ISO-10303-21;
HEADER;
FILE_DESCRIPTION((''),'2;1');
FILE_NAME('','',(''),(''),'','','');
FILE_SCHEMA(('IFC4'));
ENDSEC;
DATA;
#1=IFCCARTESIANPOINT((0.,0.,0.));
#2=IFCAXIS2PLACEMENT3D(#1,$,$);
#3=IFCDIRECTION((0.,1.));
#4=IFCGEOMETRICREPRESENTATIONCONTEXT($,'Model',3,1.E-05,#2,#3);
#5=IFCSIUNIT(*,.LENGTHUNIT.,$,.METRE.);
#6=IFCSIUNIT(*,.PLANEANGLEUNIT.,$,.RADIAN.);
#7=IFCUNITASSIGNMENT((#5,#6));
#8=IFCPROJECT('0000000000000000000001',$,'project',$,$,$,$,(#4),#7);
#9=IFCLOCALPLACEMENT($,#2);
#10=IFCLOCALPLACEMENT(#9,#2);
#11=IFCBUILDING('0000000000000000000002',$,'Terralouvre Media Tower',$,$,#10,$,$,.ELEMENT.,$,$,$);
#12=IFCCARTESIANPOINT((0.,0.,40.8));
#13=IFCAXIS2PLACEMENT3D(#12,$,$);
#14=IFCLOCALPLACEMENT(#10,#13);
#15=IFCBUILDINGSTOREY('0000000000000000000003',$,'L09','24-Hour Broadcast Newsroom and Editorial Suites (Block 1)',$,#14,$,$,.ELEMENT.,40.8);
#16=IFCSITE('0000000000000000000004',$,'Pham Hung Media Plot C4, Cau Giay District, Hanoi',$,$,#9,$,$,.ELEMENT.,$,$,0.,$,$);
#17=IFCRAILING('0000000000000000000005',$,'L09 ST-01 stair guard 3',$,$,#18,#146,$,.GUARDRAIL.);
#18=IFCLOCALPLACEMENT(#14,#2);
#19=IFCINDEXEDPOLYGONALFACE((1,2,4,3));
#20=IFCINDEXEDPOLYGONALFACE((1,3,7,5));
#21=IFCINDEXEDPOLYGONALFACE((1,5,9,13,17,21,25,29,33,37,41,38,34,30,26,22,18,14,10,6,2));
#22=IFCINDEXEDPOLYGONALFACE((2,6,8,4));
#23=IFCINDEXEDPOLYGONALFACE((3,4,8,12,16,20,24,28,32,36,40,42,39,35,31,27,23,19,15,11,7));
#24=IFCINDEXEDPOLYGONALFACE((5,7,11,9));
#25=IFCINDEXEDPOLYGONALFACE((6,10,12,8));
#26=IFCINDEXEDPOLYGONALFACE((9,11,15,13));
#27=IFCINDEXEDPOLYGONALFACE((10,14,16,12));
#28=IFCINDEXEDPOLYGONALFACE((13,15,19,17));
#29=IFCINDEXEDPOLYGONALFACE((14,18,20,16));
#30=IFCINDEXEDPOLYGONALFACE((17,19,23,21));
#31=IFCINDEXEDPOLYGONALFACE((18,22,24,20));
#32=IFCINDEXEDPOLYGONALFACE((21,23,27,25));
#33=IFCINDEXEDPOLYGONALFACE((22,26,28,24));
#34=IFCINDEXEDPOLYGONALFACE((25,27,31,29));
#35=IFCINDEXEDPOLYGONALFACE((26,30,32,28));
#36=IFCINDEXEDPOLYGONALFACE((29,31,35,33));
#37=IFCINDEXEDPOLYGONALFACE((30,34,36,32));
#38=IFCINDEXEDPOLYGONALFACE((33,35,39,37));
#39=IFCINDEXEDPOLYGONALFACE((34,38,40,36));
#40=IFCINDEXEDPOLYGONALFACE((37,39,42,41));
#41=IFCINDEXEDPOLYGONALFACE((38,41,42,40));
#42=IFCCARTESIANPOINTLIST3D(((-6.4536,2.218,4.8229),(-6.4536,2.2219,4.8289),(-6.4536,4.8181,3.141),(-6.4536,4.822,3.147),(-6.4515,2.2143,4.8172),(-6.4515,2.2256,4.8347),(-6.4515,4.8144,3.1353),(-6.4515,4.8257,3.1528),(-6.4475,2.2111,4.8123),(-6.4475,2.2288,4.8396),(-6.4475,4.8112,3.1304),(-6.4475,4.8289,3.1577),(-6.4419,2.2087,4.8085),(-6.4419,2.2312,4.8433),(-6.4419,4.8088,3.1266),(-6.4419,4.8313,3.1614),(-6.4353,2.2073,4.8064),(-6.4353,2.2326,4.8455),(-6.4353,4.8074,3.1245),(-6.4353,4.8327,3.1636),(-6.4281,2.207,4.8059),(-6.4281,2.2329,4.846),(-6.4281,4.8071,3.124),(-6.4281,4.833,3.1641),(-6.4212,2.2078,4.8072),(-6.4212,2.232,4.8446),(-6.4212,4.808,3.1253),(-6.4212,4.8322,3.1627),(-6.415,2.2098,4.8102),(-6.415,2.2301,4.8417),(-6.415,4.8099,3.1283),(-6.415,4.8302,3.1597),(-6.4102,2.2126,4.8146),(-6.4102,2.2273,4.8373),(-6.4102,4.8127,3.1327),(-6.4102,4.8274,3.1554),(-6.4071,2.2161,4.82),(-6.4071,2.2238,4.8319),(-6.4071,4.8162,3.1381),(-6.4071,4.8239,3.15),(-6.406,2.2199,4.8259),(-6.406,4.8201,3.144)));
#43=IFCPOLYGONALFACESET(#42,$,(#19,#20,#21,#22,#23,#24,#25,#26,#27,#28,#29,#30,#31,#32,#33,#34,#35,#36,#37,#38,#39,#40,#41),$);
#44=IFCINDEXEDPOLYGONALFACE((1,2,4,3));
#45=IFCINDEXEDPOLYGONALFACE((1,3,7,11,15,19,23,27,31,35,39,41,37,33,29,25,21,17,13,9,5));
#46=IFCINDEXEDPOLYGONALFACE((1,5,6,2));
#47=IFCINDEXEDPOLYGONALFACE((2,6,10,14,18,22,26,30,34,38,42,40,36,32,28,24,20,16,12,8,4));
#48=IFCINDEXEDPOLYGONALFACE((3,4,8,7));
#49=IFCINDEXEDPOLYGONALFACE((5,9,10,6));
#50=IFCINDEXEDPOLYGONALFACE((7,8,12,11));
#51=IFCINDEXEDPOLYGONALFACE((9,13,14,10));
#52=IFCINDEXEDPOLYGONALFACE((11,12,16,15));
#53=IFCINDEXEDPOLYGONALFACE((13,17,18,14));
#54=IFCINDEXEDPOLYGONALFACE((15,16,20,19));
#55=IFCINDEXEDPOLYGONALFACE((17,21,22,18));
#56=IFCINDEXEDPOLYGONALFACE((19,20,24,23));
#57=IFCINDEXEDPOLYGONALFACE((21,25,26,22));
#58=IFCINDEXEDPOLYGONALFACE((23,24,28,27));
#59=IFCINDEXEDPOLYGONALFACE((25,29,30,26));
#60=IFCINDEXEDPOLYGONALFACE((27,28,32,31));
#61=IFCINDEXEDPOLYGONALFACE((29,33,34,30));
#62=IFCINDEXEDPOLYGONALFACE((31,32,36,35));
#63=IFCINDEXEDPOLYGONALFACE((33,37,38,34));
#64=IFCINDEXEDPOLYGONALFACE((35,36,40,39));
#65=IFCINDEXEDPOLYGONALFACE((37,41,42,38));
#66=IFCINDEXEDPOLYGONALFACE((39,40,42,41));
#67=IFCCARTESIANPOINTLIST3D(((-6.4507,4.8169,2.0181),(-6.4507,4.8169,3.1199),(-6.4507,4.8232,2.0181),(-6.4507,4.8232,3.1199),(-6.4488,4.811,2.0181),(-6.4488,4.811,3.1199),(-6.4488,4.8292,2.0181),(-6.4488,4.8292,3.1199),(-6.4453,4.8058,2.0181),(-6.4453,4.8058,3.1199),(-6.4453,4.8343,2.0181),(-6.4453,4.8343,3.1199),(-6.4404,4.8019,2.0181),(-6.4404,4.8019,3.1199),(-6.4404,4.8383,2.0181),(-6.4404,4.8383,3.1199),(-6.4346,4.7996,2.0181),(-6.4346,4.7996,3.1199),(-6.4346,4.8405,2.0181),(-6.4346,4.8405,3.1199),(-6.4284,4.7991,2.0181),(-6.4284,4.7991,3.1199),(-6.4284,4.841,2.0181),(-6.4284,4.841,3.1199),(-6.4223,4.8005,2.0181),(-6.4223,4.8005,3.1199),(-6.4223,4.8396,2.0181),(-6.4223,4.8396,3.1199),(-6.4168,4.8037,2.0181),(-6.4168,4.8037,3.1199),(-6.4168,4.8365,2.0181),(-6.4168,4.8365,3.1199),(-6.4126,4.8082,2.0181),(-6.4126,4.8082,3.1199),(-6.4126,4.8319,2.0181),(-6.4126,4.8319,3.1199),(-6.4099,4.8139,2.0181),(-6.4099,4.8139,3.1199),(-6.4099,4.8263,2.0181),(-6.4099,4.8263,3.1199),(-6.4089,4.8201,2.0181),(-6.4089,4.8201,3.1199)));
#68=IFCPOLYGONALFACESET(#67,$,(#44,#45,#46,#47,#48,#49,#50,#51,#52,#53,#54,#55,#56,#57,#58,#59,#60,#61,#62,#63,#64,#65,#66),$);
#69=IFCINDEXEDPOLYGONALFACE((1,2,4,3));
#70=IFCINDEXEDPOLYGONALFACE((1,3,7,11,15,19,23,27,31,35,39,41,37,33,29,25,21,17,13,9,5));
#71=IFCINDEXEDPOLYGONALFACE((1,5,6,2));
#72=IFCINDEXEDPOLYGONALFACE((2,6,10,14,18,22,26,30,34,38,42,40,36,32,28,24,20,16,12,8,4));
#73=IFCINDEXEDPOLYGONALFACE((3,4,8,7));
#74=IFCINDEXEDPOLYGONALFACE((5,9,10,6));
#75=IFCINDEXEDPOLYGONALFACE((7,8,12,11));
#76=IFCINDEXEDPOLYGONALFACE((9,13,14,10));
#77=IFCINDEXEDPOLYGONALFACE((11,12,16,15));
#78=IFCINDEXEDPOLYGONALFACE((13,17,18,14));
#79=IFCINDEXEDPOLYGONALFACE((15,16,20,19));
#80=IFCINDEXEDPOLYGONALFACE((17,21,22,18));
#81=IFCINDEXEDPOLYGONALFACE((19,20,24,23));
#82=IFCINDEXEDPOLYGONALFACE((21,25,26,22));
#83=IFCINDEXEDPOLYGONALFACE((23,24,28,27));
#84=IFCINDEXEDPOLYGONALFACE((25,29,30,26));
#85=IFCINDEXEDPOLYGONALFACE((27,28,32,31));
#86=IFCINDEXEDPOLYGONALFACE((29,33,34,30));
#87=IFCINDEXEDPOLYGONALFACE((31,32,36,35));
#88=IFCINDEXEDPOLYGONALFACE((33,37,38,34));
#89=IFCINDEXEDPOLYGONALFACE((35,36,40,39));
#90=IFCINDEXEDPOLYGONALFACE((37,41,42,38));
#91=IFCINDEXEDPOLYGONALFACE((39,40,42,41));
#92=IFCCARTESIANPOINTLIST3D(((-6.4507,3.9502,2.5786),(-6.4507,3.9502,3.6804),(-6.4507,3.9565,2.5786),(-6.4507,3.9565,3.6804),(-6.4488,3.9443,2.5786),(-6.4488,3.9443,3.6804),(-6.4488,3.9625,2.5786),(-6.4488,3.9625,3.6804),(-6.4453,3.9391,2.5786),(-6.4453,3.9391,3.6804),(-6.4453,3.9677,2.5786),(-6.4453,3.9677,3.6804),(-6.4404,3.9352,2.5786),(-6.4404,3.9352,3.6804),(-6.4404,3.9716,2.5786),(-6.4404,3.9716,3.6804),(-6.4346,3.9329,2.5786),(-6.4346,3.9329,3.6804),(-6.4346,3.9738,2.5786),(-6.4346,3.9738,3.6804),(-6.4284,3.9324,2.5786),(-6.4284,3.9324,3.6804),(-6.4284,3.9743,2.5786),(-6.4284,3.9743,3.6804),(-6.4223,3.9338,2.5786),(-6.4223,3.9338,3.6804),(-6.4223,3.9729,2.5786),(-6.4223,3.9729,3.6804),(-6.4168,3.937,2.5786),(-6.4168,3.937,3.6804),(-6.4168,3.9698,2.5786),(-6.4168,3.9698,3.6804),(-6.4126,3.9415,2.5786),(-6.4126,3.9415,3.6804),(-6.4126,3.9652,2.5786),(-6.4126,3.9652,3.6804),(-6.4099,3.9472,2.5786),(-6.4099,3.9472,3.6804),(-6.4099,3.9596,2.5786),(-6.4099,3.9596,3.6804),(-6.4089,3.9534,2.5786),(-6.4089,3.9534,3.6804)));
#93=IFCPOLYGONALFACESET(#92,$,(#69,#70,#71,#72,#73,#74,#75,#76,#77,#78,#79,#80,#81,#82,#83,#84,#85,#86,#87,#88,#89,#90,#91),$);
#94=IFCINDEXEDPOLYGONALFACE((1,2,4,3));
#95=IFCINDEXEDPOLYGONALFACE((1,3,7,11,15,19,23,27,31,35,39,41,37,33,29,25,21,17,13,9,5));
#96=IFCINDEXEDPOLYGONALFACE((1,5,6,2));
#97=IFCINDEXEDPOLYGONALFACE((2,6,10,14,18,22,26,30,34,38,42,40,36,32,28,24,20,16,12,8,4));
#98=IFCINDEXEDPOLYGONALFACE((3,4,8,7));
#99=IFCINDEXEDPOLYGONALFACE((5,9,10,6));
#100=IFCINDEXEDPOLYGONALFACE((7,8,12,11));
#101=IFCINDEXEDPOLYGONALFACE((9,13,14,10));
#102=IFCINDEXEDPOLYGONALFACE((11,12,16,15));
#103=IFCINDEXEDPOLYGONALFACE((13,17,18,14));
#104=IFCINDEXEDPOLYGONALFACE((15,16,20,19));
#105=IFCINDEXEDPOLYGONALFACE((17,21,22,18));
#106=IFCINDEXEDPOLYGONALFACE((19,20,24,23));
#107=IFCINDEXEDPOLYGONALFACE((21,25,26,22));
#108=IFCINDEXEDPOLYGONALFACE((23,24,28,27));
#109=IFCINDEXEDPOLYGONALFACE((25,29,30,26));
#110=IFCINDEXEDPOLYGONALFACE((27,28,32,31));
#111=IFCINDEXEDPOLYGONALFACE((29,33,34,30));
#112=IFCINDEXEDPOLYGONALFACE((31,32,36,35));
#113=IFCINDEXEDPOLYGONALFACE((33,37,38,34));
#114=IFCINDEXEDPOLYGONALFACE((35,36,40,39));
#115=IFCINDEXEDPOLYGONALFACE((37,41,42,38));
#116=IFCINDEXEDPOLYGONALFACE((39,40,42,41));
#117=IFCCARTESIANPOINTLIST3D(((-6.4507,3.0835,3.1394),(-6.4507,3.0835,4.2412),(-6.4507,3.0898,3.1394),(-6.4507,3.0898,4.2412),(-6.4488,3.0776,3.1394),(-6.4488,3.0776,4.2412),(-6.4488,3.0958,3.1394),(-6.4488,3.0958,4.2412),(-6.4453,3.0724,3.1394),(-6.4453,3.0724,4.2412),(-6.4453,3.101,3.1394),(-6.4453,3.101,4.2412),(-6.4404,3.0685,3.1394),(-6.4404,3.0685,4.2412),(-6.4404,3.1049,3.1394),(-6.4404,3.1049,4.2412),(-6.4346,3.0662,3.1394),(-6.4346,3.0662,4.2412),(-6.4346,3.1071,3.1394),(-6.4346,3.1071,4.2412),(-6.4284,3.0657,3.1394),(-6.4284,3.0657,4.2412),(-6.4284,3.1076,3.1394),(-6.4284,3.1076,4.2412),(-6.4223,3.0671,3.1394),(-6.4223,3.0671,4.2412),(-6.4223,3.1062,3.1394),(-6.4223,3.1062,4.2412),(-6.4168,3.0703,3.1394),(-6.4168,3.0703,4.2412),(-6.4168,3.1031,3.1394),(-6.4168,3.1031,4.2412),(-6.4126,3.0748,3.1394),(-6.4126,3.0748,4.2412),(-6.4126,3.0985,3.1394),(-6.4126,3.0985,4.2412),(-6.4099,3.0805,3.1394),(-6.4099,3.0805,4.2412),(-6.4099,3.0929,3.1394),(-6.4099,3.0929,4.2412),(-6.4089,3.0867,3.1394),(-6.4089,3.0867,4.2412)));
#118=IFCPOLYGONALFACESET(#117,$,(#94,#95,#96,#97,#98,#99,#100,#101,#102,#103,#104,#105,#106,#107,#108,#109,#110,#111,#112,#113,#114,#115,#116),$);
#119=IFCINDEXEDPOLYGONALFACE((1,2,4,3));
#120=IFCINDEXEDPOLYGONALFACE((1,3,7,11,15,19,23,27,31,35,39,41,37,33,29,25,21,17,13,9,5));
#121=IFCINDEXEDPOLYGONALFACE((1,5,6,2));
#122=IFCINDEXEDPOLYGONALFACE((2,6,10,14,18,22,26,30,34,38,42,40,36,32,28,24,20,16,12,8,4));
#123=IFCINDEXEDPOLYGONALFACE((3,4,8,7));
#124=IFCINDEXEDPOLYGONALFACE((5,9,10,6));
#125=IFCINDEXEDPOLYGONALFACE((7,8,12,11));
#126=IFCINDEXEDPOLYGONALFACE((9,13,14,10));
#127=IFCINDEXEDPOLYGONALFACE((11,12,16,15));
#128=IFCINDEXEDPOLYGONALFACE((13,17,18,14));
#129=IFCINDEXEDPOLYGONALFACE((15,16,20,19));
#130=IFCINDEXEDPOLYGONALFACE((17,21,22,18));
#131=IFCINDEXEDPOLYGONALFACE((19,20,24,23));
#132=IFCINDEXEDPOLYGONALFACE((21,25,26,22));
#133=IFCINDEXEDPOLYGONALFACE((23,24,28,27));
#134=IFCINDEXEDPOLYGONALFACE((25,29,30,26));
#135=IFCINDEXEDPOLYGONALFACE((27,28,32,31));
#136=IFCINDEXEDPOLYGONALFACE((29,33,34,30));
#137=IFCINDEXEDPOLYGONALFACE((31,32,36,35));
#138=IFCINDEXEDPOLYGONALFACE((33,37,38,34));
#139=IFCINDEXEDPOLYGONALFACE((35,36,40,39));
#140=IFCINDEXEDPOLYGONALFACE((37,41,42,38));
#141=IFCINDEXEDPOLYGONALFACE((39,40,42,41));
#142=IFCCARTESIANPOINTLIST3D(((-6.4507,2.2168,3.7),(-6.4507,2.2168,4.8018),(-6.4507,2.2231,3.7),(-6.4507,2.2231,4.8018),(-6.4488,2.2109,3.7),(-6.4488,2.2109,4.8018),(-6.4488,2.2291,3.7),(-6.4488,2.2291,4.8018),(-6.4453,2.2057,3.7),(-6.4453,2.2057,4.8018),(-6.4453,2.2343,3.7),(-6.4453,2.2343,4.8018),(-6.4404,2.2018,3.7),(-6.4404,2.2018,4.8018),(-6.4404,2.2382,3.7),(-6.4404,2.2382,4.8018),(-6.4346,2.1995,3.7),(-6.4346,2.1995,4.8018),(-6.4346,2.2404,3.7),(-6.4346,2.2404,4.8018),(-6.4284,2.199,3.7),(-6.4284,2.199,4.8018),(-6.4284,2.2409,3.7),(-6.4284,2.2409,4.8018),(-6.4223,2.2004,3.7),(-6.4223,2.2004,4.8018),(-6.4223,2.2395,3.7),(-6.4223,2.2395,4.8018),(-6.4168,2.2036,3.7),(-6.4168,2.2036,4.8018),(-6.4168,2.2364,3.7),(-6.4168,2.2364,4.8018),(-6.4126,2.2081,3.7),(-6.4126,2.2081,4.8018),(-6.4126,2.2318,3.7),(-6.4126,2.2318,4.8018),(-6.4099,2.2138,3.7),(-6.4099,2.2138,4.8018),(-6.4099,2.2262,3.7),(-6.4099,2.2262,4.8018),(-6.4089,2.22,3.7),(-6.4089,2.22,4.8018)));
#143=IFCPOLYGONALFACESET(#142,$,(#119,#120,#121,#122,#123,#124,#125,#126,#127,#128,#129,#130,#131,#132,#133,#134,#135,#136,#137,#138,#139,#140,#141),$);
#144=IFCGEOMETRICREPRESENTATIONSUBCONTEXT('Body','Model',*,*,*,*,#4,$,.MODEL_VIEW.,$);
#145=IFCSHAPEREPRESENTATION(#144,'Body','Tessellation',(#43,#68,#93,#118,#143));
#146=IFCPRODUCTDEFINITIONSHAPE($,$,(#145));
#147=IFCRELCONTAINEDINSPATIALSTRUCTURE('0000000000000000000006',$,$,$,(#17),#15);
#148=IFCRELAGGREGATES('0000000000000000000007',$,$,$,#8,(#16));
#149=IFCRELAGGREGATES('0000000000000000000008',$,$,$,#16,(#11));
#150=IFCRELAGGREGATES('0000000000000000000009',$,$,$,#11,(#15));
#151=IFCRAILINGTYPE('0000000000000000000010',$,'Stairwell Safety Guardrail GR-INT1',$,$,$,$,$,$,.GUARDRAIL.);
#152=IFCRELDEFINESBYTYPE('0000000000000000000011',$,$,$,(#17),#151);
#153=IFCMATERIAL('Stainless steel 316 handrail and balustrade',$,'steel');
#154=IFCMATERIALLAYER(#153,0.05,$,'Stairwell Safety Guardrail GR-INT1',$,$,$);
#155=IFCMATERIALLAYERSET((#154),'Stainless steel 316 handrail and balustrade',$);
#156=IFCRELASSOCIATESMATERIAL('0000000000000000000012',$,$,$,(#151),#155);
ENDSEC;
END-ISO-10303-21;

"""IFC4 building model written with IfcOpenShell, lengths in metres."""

from ifc_helpers import new_model, si_unit, direction, frame, origin, origin_2d, place, context, subcontext, project, spatial, circle, extrude, material, layer, layer_set, type_object, element, save


model = new_model("IFC4")

# Units and contexts
model_context = context("Model", 3, precision=1e-05, world=origin(), true_north=direction((0.0, 1.0)))
body_context = subcontext(model_context, "Body", "Model", "MODEL_VIEW")
ifc_project = project(units=[si_unit("LENGTHUNIT", "METRE"), si_unit("PLANEANGLEUNIT", "RADIAN")], contexts=[model_context])

# Site, building, storey
site_placement = place(None, origin())
site = spatial("IfcSite", under=ifc_project, at=site_placement, Name="Pham Hung Media Plot C4, Cau Giay District, Hanoi", CompositionType="ELEMENT", RefElevation=0.0)
building_placement = place(site_placement, origin())
building = spatial("IfcBuilding", under=site, at=building_placement, Name="Terralouvre Media Tower", CompositionType="ELEMENT")
storey_placement = place(building_placement, frame((0.0, 0.0, 40.8)))
storey = spatial("IfcBuildingStorey", under=building, at=storey_placement, Name="L09", Description="24-Hour Broadcast Newsroom and Editorial Suites (Block 1)", CompositionType="ELEMENT", Elevation=40.8)

# Railing
ifc_material_1 = material(Name="Stainless steel 316 handrail and balustrade", Category="steel")
ifc_layer_1 = layer(ifc_material_1, 0.05, Name="Stairwell Safety Guardrail GR-INT1")
ifc_layer_set_1 = layer_set([ifc_layer_1], Name="Stainless steel 316 handrail and balustrade")
railing_type_1 = type_object("IfcRailingType", Name="Stairwell Safety Guardrail GR-INT1", PredefinedType="GUARDRAIL", material=ifc_layer_set_1)
railing_1_placement = place(storey_placement, frame((-6.4299, 4.8201, 2.0181)))
element("IfcRailing", 1, at=railing_1_placement, inside=storey, type_object=railing_type_1, Name="L09 ST-01 stair guard 3", PredefinedType="GUARDRAIL", context=body_context, shape_type="SweptSolid", body=[
    extrude(circle(Radius=0.0239, at=origin_2d()), frame((0.0, 0.0, 1.126), z_axis=(0.0, -0.839648, 0.54313), x_axis=(1.0, 0.0, 0.0)), (0.0, 0.0, 1.0), 3.0967),
    extrude(circle(Radius=0.021, at=origin_2d()), origin(), (0.0, 0.0, 1.0), 1.1018),
    extrude(circle(Radius=0.021, at=origin_2d()), frame((0.0, -0.8667, 0.5605)), (0.0, 0.0, 1.0), 1.1018),
    extrude(circle(Radius=0.021, at=origin_2d()), frame((0.0, -1.7334, 1.1213)), (0.0, 0.0, 1.0), 1.1018),
    extrude(circle(Radius=0.021, at=origin_2d()), frame((0.0, -2.6001, 1.6819)), (0.0, 0.0, 1.0), 1.1018),
])

save(model, "model.ifc")
